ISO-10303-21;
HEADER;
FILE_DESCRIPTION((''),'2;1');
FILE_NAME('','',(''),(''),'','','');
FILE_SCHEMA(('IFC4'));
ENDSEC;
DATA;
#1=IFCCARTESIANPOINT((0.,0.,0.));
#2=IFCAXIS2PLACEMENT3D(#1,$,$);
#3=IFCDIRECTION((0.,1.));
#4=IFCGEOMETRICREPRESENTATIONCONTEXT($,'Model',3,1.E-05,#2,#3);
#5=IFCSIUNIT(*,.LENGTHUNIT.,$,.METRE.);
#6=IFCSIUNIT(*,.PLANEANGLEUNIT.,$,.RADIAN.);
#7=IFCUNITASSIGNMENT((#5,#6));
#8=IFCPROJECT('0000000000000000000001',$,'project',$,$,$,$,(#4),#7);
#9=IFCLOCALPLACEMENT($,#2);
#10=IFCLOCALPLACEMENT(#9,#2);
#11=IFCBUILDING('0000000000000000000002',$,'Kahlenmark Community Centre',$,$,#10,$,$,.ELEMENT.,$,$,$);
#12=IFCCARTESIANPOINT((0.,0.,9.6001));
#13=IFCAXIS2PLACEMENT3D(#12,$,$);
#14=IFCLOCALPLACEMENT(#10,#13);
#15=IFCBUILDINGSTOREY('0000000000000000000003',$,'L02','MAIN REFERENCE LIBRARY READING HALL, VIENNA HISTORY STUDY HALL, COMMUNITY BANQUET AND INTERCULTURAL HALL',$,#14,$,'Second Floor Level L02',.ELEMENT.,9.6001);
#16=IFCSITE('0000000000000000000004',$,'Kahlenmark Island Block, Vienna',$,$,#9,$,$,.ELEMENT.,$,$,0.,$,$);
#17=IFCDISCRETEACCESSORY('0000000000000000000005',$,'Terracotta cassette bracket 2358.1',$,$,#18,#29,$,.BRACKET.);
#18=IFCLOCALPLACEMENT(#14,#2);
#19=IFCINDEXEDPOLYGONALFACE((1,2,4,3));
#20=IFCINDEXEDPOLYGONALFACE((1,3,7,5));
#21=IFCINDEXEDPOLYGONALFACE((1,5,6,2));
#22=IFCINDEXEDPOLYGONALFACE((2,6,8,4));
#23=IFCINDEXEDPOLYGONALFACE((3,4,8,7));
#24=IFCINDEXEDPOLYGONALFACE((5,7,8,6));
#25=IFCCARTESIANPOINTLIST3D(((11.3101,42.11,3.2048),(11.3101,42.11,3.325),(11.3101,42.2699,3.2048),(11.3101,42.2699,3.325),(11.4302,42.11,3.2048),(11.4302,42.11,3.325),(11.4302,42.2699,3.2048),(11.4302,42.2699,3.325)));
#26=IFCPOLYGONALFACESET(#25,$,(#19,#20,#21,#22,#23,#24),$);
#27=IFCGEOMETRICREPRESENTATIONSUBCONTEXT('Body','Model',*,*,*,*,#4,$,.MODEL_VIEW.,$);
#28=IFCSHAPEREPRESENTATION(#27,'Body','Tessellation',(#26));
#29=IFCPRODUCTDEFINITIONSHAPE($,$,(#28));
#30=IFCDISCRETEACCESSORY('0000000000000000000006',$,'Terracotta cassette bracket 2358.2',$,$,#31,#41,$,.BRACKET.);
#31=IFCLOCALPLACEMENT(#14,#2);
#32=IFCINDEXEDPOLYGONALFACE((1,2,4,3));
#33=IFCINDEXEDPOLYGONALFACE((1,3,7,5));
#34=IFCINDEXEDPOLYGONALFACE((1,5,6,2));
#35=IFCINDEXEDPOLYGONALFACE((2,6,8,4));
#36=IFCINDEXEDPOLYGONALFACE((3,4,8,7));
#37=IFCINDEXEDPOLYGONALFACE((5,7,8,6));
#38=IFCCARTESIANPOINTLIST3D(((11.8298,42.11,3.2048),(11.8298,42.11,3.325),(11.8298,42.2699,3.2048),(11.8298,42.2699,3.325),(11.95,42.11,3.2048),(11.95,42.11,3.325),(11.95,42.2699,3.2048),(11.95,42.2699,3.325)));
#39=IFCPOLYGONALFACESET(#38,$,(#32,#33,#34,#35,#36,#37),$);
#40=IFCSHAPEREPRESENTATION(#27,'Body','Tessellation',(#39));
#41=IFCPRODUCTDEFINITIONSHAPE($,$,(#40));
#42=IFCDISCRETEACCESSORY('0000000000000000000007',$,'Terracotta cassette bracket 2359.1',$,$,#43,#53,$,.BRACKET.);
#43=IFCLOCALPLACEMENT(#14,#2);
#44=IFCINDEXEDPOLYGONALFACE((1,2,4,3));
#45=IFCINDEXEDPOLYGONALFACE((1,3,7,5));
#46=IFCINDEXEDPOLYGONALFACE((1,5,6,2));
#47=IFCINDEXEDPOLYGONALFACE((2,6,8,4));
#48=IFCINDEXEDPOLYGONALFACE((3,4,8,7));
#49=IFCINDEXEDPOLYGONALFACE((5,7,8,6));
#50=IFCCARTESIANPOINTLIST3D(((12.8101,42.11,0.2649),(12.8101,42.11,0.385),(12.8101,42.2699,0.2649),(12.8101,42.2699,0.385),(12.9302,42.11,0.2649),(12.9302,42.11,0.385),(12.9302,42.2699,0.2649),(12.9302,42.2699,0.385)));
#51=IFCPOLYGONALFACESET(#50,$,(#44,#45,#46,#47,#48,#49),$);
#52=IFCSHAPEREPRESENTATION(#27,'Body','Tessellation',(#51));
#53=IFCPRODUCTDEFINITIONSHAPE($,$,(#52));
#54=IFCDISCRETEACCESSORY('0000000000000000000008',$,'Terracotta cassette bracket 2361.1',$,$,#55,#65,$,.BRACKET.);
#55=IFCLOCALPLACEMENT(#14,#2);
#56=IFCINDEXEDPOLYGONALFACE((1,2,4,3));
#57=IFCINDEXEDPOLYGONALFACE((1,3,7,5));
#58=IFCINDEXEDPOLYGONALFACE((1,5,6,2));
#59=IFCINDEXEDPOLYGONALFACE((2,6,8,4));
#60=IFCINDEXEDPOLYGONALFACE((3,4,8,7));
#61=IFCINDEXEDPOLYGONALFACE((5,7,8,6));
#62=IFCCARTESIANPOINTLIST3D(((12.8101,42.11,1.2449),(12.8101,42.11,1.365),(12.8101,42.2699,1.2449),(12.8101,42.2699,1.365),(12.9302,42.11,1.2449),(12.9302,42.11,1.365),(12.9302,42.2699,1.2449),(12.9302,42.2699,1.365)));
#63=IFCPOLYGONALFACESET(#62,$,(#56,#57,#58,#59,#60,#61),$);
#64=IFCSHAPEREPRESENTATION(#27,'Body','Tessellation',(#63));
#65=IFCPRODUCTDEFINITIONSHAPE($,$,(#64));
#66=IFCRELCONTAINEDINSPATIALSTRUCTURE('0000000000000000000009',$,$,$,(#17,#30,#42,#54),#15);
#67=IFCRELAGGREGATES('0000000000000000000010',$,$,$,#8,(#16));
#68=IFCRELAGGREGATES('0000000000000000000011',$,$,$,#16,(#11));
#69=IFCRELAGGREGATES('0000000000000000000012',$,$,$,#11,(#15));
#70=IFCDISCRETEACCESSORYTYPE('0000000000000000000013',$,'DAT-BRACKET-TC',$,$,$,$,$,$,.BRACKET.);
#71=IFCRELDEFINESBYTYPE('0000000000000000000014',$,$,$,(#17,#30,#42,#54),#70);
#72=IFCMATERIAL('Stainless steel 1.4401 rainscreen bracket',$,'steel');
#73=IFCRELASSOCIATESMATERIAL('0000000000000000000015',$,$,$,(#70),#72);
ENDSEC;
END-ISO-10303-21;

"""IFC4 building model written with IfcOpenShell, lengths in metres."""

from ifc_helpers import new_model, si_unit, direction, frame, origin, origin_2d, place, context, subcontext, project, spatial, rectangle, extrude, material, type_object, element, save


model = new_model("IFC4")

# Units and contexts
model_context = context("Model", 3, precision=1e-05, world=origin(), true_north=direction((0.0, 1.0)))
body_context = subcontext(model_context, "Body", "Model", "MODEL_VIEW")
ifc_project = project(units=[si_unit("LENGTHUNIT", "METRE"), si_unit("PLANEANGLEUNIT", "RADIAN")], contexts=[model_context])

# Site, building, storey
site_placement = place(None, origin())
site = spatial("IfcSite", under=ifc_project, at=site_placement, Name="Kahlenmark Island Block, Vienna", CompositionType="ELEMENT", RefElevation=0.0)
building_placement = place(site_placement, origin())
building = spatial("IfcBuilding", under=site, at=building_placement, Name="Kahlenmark Community Centre", CompositionType="ELEMENT")
storey_placement = place(building_placement, frame((0.0, 0.0, 9.6001)))
storey = spatial("IfcBuildingStorey", under=building, at=storey_placement, Name="L02", Description="MAIN REFERENCE LIBRARY READING HALL, VIENNA HISTORY STUDY HALL, COMMUNITY BANQUET AND INTERCULTURAL HALL", LongName="Second Floor Level L02", CompositionType="ELEMENT", Elevation=9.6001)

# Discrete accessories
ifc_material_1 = material(Name="Stainless steel 1.4401 rainscreen bracket", Category="steel")
discrete_accessory_type = type_object("IfcDiscreteAccessoryType", Name="DAT-BRACKET-TC", PredefinedType="BRACKET", material=ifc_material_1)
for number, where, z_axis, x_axis, name in (
    (1, (11.3701, 42.1899, 3.2048), (0.0, 0.0, 1.0), (1.0, 0.0, 0.0), "Terracotta cassette bracket 2358.1"),
    (2, (11.8899, 42.1899, 3.2048), (0.0, 0.0, 1.0), (1.0, 0.0, 0.0), "Terracotta cassette bracket 2358.2"),
    (3, (12.8701, 42.1899, 0.2649), (0.0, 0.0, 1.0), (1.0, 0.0, 0.0), "Terracotta cassette bracket 2359.1"),
    (4, (12.8701, 42.1899, 1.2449), (0.0, 0.0, 1.0), (1.0, 0.0, 0.0), "Terracotta cassette bracket 2361.1"),
):
    element("IfcDiscreteAccessory", number, at=place(storey_placement, frame(where, z_axis=z_axis, x_axis=x_axis)), inside=storey, type_object=discrete_accessory_type, Name=name, PredefinedType="BRACKET", context=body_context, shape_type="SweptSolid", body=[
        extrude(rectangle(XDim=0.1201, YDim=0.1599, at=origin_2d()), origin(), (0.0, 0.0, 1.0), 0.1201),
    ])

save(model, "model.ifc")
